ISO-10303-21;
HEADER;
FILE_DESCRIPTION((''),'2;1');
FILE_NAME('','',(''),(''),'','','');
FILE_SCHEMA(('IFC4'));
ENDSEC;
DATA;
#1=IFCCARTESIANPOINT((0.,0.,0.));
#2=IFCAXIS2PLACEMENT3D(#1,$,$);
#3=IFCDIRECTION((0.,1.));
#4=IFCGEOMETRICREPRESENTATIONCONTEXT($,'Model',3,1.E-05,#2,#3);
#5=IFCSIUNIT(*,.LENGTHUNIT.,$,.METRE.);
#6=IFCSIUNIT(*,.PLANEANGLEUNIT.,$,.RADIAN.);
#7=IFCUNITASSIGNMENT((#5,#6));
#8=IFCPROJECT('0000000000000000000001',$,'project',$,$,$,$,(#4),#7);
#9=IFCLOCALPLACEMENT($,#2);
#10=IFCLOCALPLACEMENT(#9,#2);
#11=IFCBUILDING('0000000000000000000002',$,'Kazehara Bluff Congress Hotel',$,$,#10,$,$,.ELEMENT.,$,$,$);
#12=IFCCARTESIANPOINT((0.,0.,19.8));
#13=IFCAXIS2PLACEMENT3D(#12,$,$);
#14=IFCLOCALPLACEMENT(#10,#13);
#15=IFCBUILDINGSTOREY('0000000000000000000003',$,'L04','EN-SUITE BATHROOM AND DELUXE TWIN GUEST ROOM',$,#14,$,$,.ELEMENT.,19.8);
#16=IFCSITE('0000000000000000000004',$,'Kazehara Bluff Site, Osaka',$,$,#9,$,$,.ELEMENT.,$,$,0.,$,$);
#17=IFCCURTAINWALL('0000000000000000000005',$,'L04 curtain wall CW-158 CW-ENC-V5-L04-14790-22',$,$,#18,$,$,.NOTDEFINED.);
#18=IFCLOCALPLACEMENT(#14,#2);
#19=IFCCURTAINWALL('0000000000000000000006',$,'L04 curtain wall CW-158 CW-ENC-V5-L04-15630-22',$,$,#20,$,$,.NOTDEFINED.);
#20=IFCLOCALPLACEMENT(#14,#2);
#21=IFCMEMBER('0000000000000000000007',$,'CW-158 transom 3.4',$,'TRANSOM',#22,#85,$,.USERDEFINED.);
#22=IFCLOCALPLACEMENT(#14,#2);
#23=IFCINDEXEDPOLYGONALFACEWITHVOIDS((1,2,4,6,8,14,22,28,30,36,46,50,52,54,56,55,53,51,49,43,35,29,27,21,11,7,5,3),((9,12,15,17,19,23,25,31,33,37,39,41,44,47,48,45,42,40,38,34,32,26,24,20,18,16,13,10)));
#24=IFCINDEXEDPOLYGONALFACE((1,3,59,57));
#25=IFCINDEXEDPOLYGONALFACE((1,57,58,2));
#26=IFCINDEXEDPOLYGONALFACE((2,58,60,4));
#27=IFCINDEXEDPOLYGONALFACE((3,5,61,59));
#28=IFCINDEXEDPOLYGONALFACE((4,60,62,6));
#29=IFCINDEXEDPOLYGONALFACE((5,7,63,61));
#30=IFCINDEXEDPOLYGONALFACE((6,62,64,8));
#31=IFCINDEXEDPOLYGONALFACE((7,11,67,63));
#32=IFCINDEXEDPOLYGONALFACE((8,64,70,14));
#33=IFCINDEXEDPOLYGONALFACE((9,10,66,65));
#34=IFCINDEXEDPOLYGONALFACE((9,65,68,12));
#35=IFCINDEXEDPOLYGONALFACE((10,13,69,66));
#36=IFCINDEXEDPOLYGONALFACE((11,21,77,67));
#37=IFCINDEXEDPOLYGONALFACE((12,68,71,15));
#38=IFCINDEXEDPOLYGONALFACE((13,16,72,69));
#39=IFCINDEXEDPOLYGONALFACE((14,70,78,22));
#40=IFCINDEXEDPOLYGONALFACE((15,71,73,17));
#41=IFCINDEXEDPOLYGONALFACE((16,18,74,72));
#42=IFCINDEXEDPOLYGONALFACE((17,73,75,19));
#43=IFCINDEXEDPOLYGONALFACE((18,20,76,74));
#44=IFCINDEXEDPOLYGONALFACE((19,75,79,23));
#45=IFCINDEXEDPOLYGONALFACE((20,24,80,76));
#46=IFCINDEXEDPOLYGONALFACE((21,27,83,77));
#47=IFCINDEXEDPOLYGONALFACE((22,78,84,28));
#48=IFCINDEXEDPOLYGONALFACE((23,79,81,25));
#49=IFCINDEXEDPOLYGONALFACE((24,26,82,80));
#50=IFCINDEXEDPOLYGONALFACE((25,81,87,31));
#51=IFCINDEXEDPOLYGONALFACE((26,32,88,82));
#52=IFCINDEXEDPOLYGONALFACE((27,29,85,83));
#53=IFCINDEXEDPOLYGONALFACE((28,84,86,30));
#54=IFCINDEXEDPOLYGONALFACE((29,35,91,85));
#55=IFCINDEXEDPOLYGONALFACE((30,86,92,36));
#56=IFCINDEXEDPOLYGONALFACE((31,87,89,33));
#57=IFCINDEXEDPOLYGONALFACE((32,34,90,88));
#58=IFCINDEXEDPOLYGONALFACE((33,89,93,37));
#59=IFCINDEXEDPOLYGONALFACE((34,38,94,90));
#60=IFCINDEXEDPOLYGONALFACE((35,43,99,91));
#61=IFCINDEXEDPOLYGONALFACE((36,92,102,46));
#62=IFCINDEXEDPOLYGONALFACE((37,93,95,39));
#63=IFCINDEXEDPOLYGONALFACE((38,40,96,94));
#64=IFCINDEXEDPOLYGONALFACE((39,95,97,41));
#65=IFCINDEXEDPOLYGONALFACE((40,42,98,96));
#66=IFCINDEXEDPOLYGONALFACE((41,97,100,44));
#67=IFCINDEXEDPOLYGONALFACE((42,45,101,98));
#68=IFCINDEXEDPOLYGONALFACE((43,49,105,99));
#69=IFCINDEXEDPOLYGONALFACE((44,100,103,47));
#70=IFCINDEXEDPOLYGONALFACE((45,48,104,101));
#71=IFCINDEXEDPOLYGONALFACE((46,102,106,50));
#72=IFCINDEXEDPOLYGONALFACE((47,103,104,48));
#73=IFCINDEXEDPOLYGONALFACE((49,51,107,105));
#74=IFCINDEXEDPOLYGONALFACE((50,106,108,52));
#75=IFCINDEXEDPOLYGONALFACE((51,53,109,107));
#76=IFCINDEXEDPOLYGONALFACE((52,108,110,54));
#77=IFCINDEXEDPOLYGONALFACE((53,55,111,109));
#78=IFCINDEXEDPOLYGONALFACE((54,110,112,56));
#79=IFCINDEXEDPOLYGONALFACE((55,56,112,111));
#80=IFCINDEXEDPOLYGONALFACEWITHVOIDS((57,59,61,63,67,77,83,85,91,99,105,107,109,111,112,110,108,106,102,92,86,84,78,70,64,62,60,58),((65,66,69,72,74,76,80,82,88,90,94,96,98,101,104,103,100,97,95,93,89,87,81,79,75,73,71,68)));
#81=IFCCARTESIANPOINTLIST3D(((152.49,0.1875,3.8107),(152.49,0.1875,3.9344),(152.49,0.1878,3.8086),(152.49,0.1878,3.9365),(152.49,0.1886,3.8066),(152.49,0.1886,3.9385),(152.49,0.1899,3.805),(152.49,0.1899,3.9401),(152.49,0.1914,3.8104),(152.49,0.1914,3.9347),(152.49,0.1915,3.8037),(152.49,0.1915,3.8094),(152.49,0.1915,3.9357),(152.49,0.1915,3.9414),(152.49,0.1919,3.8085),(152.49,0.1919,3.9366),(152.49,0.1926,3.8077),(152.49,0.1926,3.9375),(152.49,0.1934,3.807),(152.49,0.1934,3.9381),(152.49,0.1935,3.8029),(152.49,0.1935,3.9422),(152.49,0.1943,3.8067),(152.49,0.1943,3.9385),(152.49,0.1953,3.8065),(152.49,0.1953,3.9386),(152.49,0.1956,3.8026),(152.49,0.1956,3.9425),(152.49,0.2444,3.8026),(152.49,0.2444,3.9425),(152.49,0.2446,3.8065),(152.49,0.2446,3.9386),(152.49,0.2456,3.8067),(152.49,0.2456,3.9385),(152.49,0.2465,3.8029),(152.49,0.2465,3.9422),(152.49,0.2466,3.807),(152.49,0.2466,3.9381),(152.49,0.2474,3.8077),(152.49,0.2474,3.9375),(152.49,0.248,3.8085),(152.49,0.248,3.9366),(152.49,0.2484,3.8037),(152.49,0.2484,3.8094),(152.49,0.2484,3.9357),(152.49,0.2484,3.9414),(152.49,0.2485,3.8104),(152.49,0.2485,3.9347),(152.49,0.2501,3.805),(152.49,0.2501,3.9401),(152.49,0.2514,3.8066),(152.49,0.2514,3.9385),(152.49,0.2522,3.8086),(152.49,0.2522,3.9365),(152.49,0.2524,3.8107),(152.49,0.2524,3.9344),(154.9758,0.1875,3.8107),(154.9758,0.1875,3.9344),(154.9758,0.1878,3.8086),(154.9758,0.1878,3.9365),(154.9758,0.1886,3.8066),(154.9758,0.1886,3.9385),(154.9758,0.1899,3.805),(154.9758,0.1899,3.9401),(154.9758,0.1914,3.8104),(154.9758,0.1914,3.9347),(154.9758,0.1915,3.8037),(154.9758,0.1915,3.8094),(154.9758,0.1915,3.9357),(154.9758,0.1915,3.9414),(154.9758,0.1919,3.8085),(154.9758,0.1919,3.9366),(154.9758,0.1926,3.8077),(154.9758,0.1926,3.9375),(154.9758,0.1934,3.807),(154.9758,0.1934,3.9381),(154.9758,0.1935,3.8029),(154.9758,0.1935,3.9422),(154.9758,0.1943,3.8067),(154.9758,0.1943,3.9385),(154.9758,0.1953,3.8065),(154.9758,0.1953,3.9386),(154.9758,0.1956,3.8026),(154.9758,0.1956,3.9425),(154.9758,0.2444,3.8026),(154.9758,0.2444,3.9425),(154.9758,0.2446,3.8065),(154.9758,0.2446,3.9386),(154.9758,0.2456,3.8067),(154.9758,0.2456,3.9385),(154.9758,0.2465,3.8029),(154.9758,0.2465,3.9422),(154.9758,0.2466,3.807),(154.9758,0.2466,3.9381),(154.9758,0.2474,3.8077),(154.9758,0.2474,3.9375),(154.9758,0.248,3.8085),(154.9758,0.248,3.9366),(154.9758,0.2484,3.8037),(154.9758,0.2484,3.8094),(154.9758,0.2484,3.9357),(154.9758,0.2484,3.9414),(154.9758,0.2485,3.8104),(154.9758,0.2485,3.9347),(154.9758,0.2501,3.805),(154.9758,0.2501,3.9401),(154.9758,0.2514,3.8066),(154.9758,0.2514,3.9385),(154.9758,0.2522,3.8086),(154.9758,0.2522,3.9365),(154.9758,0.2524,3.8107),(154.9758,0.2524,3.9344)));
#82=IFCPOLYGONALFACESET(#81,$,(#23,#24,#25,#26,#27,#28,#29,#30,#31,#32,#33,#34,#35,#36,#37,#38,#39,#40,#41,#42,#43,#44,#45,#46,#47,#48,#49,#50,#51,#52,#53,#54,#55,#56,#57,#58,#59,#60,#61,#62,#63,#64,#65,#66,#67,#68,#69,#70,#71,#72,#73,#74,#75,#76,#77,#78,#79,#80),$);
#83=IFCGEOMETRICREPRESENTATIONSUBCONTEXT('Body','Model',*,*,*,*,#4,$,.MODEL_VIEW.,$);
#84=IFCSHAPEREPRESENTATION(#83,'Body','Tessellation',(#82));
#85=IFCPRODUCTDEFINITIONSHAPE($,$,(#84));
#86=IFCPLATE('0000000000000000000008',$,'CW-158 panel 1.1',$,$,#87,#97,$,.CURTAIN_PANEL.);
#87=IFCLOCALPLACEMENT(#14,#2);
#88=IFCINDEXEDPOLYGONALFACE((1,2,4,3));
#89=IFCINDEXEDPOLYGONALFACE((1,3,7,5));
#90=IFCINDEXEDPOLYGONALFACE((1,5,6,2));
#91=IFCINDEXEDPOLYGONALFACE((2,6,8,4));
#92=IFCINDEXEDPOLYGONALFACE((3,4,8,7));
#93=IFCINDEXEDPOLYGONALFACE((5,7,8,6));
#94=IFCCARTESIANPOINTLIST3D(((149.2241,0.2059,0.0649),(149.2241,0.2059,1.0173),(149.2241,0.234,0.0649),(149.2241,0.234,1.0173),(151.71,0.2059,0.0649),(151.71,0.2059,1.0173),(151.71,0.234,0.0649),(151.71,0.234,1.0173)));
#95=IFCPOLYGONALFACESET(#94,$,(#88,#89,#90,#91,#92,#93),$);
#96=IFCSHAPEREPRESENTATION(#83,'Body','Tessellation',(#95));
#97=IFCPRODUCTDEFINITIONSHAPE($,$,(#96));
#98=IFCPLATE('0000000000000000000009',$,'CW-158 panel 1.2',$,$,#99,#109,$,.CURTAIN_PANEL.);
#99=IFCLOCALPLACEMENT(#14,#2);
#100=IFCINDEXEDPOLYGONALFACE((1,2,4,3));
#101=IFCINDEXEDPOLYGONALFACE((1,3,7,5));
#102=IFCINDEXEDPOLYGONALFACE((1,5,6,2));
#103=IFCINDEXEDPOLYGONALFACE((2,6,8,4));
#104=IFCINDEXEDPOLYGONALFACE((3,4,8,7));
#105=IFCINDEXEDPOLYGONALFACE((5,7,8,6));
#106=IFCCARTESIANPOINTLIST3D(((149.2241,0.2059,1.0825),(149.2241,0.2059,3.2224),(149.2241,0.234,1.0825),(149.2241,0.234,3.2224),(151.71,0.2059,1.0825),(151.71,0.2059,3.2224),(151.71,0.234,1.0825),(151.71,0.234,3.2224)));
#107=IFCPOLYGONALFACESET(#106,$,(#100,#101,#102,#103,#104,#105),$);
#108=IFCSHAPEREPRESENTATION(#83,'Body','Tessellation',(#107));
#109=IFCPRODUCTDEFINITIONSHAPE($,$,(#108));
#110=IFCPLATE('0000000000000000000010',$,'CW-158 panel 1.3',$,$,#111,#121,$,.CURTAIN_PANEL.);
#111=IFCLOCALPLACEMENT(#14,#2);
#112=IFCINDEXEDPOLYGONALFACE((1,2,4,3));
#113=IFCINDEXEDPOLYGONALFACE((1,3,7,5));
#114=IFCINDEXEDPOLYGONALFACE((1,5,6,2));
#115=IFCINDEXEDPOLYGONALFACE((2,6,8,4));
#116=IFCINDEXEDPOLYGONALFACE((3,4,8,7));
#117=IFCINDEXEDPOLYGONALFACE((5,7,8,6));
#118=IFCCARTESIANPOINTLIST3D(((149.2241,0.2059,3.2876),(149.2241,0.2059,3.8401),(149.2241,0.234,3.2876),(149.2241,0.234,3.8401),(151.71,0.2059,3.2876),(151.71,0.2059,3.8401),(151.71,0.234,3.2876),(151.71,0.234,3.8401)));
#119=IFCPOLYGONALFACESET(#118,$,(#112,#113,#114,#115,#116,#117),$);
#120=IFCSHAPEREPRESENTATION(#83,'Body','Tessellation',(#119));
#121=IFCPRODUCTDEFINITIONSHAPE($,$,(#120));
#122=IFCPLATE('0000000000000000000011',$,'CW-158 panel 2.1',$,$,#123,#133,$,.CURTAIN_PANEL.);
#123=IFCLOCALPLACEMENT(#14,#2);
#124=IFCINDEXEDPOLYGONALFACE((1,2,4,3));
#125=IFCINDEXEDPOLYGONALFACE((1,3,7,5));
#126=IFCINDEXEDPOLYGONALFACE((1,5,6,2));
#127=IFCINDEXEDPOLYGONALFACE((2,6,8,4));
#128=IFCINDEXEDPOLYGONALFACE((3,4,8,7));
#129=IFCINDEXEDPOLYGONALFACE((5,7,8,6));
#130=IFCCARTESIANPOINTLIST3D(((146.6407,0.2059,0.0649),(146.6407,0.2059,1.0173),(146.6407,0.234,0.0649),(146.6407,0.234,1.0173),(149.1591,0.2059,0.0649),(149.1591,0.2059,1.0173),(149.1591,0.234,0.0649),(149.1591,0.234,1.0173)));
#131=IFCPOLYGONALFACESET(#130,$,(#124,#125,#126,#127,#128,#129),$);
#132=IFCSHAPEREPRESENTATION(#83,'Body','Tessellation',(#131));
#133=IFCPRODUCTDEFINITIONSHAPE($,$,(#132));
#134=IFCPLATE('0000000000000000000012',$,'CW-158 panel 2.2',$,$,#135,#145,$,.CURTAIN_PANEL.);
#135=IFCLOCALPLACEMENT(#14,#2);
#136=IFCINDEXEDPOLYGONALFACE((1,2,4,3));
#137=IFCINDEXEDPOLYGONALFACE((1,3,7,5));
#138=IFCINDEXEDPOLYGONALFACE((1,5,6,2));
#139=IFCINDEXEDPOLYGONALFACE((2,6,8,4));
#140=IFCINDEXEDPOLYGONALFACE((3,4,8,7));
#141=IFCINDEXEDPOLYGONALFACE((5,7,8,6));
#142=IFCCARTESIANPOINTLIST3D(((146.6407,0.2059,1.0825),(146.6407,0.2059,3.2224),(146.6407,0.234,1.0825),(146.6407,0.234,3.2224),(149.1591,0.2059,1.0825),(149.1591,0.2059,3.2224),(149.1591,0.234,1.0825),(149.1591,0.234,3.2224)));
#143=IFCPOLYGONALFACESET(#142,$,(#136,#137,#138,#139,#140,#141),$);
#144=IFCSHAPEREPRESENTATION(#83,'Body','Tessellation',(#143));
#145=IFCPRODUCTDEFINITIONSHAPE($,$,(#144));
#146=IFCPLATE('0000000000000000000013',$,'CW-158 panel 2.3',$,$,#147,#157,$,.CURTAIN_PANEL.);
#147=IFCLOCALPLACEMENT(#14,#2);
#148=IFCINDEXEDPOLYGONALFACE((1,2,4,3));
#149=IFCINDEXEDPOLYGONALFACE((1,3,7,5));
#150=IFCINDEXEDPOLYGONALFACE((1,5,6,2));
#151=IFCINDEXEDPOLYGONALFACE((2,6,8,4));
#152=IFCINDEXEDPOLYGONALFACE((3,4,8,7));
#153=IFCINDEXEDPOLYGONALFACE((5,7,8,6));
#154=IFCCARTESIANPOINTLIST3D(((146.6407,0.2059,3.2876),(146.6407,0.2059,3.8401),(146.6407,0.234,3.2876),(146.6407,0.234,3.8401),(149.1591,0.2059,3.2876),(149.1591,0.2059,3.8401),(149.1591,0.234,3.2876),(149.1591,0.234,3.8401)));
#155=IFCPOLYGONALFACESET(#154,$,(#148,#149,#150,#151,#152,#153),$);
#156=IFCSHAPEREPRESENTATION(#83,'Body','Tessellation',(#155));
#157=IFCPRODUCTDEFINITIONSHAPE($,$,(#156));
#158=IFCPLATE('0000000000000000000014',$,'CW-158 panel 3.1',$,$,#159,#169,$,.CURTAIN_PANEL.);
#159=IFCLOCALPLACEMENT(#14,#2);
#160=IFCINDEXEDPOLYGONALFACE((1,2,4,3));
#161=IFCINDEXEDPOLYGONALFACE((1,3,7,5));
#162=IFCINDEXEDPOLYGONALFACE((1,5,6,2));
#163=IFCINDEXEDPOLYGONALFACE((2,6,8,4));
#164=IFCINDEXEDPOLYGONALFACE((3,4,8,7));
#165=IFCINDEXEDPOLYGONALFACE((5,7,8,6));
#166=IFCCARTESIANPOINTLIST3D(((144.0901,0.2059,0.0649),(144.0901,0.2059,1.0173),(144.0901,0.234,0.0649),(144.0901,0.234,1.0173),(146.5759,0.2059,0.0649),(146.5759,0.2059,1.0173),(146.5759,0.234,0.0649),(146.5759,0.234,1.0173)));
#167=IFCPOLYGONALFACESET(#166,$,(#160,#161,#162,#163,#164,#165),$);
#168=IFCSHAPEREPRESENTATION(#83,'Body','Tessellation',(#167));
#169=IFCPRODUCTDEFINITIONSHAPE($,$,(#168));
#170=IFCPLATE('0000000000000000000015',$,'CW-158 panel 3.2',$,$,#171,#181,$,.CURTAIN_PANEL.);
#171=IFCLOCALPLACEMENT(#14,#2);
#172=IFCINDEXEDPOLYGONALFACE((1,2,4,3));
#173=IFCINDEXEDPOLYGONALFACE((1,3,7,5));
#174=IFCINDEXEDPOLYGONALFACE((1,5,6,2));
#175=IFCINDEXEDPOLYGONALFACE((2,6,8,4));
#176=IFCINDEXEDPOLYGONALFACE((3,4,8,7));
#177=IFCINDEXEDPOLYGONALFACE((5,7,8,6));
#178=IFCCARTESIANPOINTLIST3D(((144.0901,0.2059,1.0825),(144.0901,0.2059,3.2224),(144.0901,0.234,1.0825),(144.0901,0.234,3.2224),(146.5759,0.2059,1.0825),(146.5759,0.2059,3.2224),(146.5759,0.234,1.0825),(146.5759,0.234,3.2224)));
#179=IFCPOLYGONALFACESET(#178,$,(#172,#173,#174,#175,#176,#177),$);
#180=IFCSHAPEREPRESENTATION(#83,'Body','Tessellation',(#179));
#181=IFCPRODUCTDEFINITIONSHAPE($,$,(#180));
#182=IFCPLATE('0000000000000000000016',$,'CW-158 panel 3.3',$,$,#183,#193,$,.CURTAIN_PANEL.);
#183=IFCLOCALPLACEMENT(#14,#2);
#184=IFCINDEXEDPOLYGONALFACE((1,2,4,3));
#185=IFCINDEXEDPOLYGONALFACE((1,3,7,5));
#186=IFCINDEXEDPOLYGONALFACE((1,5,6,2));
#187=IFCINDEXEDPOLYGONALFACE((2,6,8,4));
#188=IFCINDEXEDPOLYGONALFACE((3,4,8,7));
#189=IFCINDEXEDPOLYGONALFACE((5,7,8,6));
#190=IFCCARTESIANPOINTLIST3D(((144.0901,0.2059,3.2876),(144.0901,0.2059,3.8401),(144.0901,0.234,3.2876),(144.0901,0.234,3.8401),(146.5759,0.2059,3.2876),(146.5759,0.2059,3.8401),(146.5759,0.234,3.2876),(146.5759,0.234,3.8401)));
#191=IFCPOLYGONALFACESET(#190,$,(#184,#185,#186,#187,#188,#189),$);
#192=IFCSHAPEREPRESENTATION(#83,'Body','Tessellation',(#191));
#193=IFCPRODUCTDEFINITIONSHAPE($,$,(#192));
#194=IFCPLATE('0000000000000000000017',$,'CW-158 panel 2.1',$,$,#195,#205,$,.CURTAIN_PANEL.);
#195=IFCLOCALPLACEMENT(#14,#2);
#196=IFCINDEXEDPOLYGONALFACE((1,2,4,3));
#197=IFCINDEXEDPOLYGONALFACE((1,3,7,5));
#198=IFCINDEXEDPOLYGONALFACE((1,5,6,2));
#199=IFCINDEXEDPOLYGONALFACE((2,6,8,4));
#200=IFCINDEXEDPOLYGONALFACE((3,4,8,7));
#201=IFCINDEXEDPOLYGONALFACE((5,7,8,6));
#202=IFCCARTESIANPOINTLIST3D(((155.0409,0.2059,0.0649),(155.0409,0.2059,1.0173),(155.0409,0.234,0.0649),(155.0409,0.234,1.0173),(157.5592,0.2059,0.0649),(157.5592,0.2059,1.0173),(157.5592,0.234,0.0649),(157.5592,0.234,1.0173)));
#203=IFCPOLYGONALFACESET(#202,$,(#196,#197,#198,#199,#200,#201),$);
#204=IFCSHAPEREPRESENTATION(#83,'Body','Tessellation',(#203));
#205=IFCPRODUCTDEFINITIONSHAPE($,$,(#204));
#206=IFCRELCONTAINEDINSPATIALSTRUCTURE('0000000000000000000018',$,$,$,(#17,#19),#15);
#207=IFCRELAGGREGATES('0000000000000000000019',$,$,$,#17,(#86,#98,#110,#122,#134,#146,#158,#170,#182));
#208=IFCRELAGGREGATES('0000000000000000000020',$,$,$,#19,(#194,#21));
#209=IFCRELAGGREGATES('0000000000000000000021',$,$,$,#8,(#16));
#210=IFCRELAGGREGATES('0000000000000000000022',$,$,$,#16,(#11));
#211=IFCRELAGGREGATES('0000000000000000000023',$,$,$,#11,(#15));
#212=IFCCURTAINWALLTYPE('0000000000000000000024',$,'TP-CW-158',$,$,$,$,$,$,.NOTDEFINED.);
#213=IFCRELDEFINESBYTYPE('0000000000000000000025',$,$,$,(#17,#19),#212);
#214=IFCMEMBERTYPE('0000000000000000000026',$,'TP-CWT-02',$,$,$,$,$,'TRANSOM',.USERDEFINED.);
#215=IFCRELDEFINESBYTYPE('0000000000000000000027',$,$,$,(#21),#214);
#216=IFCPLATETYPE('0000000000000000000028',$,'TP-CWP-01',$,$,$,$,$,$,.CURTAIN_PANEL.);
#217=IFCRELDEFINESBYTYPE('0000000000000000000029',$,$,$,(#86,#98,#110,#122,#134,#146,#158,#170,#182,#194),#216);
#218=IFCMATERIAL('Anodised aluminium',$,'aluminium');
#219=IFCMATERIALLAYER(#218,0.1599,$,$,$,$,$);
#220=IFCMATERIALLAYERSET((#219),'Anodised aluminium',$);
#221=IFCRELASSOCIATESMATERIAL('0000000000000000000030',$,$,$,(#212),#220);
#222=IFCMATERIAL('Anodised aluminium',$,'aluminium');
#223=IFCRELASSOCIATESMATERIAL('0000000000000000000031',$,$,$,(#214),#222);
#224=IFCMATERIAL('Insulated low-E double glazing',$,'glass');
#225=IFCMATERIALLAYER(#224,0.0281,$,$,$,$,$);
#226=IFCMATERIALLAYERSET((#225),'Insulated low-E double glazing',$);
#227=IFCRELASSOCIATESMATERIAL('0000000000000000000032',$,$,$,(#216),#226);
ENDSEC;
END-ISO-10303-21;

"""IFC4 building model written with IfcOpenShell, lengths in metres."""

from ifc_helpers import new_model, si_unit, direction, frame, origin, origin_2d, place, context, subcontext, project, spatial, rectangle, hollow_rectangle, extrude, material, layer, layer_set, material_profile, profile_set, type_object, element, aggregate, save


model = new_model("IFC4")

# Units and contexts
model_context = context("Model", 3, precision=1e-05, world=origin(), true_north=direction((0.0, 1.0)))
body_context = subcontext(model_context, "Body", "Model", "MODEL_VIEW")
ifc_project = project(units=[si_unit("LENGTHUNIT", "METRE"), si_unit("PLANEANGLEUNIT", "RADIAN")], contexts=[model_context])

# Site, building, storey
site_placement = place(None, origin())
site = spatial("IfcSite", under=ifc_project, at=site_placement, Name="Kazehara Bluff Site, Osaka", CompositionType="ELEMENT", RefElevation=0.0)
building_placement = place(site_placement, origin())
building = spatial("IfcBuilding", under=site, at=building_placement, Name="Kazehara Bluff Congress Hotel", CompositionType="ELEMENT")
storey_placement = place(building_placement, frame((0.0, 0.0, 19.8)))
storey = spatial("IfcBuildingStorey", under=building, at=storey_placement, Name="L04", Description="EN-SUITE BATHROOM AND DELUXE TWIN GUEST ROOM", CompositionType="ELEMENT", Elevation=19.8)

# Curtain walls
ifc_material_1 = material(Name="Anodised aluminium", Category="aluminium")
ifc_layer_1 = layer(ifc_material_1, 0.1599)
ifc_layer_set_1 = layer_set([ifc_layer_1], Name="Anodised aluminium")
curtain_wall_type = type_object("IfcCurtainWallType", Name="TP-CW-158", PredefinedType="NOTDEFINED", material=ifc_layer_set_1)
curtain_wall_1_placement = place(storey_placement, origin())
curtain_wall_1 = element("IfcCurtainWall", 1, at=curtain_wall_1_placement, inside=storey, type_object=curtain_wall_type, Name="L04 curtain wall CW-158 CW-ENC-V5-L04-14790-22", PredefinedType="NOTDEFINED")
curtain_wall_2_placement = place(storey_placement, origin())
curtain_wall_2 = element("IfcCurtainWall", 2, at=curtain_wall_2_placement, inside=storey, type_object=curtain_wall_type, Name="L04 curtain wall CW-158 CW-ENC-V5-L04-15630-22", PredefinedType="NOTDEFINED")

# Member
ifc_material_2 = material(Name="Anodised aluminium", Category="aluminium")
ifc_material_profile_1 = material_profile(ifc_material_2, hollow_rectangle(XDim=0.0649, YDim=0.1399, WallThickness=0.0039, InnerFilletRadius=0.0039, OuterFilletRadius=0.0081, at=origin_2d()))
ifc_profile_set_1 = profile_set([ifc_material_profile_1], Name="Anodised aluminium")
member_type_1 = type_object("IfcMemberType", Name="TP-CWT-02", ElementType="TRANSOM", PredefinedType="USERDEFINED", material=ifc_profile_set_1)
member_1_placement = place(storey_placement, frame((154.9758, 0.22, 3.8726), z_axis=(-1.0, 0.0, 0.0), x_axis=(0.0, -1.0, 0.0)))
member_1 = element("IfcMember", 3, at=member_1_placement, type_object=member_type_1, Name="CW-158 transom 3.4", ObjectType="TRANSOM", PredefinedType="USERDEFINED", context=body_context, shape_type="SweptSolid", body=[
    extrude(hollow_rectangle(XDim=0.0649, YDim=0.1399, WallThickness=0.0039, InnerFilletRadius=0.0039, OuterFilletRadius=0.0081, at=origin_2d()), origin(), (0.0, 0.0, 1.0), 2.4858),
])

# Plates
ifc_material_3 = material(Name="Insulated low-E double glazing", Category="glass")
ifc_layer_2 = layer(ifc_material_3, 0.0281)
ifc_layer_set_2 = layer_set([ifc_layer_2], Name="Insulated low-E double glazing")
plate_type = type_object("IfcPlateType", Name="TP-CWP-01", PredefinedType="CURTAIN_PANEL", material=ifc_layer_set_2)
plate_1_placement = place(storey_placement, frame((150.467, 0.22, 0.0649), z_axis=(0.0, 0.0, 1.0), x_axis=(-1.0, 0.0, 0.0)))
plate_1 = element("IfcPlate", 4, at=plate_1_placement, type_object=plate_type, Name="CW-158 panel 1.1", PredefinedType="CURTAIN_PANEL", context=body_context, shape_type="SweptSolid", body=[
    extrude(rectangle(XDim=2.4858, YDim=0.0281, at=origin_2d()), origin(), (0.0, 0.0, 1.0), 0.9524),
])
plate_2_placement = place(storey_placement, frame((150.467, 0.22, 1.0825), z_axis=(0.0, 0.0, 1.0), x_axis=(-1.0, 0.0, 0.0)))
plate_2 = element("IfcPlate", 5, at=plate_2_placement, type_object=plate_type, Name="CW-158 panel 1.2", PredefinedType="CURTAIN_PANEL", context=body_context, shape_type="SweptSolid", body=[
    extrude(rectangle(XDim=2.4858, YDim=0.0281, at=origin_2d()), origin(), (0.0, 0.0, 1.0), 2.1399),
])
plate_3_placement = place(storey_placement, frame((150.467, 0.22, 3.2876), z_axis=(0.0, 0.0, 1.0), x_axis=(-1.0, 0.0, 0.0)))
plate_3 = element("IfcPlate", 6, at=plate_3_placement, type_object=plate_type, Name="CW-158 panel 1.3", PredefinedType="CURTAIN_PANEL", context=body_context, shape_type="SweptSolid", body=[
    extrude(rectangle(XDim=2.4858, YDim=0.0281, at=origin_2d()), origin(), (0.0, 0.0, 1.0), 0.5525),
])
plate_4_placement = place(storey_placement, frame((147.8999, 0.22, 0.0649), z_axis=(0.0, 0.0, 1.0), x_axis=(-1.0, 0.0, 0.0)))
plate_4 = element("IfcPlate", 7, at=plate_4_placement, type_object=plate_type, Name="CW-158 panel 2.1", PredefinedType="CURTAIN_PANEL", context=body_context, shape_type="SweptSolid", body=[
    extrude(rectangle(XDim=2.5183, YDim=0.0281, at=origin_2d()), origin(), (0.0, 0.0, 1.0), 0.9524),
])
plate_5_placement = place(storey_placement, frame((147.8999, 0.22, 1.0825), z_axis=(0.0, 0.0, 1.0), x_axis=(-1.0, 0.0, 0.0)))
plate_5 = element("IfcPlate", 8, at=plate_5_placement, type_object=plate_type, Name="CW-158 panel 2.2", PredefinedType="CURTAIN_PANEL", context=body_context, shape_type="SweptSolid", body=[
    extrude(rectangle(XDim=2.5183, YDim=0.0281, at=origin_2d()), origin(), (0.0, 0.0, 1.0), 2.1399),
])
plate_6_placement = place(storey_placement, frame((147.8999, 0.22, 3.2876), z_axis=(0.0, 0.0, 1.0), x_axis=(-1.0, 0.0, 0.0)))
plate_6 = element("IfcPlate", 9, at=plate_6_placement, type_object=plate_type, Name="CW-158 panel 2.3", PredefinedType="CURTAIN_PANEL", context=body_context, shape_type="SweptSolid", body=[
    extrude(rectangle(XDim=2.5183, YDim=0.0281, at=origin_2d()), origin(), (0.0, 0.0, 1.0), 0.5525),
])
plate_7_placement = place(storey_placement, frame((145.333, 0.22, 0.0649), z_axis=(0.0, 0.0, 1.0), x_axis=(-1.0, 0.0, 0.0)))
plate_7 = element("IfcPlate", 10, at=plate_7_placement, type_object=plate_type, Name="CW-158 panel 3.1", PredefinedType="CURTAIN_PANEL", context=body_context, shape_type="SweptSolid", body=[
    extrude(rectangle(XDim=2.4858, YDim=0.0281, at=origin_2d()), origin(), (0.0, 0.0, 1.0), 0.9524),
])
plate_8_placement = place(storey_placement, frame((145.333, 0.22, 1.0825), z_axis=(0.0, 0.0, 1.0), x_axis=(-1.0, 0.0, 0.0)))
plate_8 = element("IfcPlate", 11, at=plate_8_placement, type_object=plate_type, Name="CW-158 panel 3.2", PredefinedType="CURTAIN_PANEL", context=body_context, shape_type="SweptSolid", body=[
    extrude(rectangle(XDim=2.4858, YDim=0.0281, at=origin_2d()), origin(), (0.0, 0.0, 1.0), 2.1399),
])
plate_9_placement = place(storey_placement, frame((145.333, 0.22, 3.2876), z_axis=(0.0, 0.0, 1.0), x_axis=(-1.0, 0.0, 0.0)))
plate_9 = element("IfcPlate", 12, at=plate_9_placement, type_object=plate_type, Name="CW-158 panel 3.3", PredefinedType="CURTAIN_PANEL", context=body_context, shape_type="SweptSolid", body=[
    extrude(rectangle(XDim=2.4858, YDim=0.0281, at=origin_2d()), origin(), (0.0, 0.0, 1.0), 0.5525),
])
aggregate(curtain_wall_1, [plate_1, plate_2, plate_3, plate_4, plate_5, plate_6, plate_7, plate_8, plate_9])
plate_10_placement = place(storey_placement, frame((156.3, 0.22, 0.0649), z_axis=(0.0, 0.0, 1.0), x_axis=(-1.0, 0.0, 0.0)))
plate_10 = element("IfcPlate", 13, at=plate_10_placement, type_object=plate_type, Name="CW-158 panel 2.1", PredefinedType="CURTAIN_PANEL", context=body_context, shape_type="SweptSolid", body=[
    extrude(rectangle(XDim=2.5183, YDim=0.0281, at=origin_2d()), origin(), (0.0, 0.0, 1.0), 0.9524),
])
aggregate(curtain_wall_2, [plate_10, member_1])

save(model, "model.ifc")
